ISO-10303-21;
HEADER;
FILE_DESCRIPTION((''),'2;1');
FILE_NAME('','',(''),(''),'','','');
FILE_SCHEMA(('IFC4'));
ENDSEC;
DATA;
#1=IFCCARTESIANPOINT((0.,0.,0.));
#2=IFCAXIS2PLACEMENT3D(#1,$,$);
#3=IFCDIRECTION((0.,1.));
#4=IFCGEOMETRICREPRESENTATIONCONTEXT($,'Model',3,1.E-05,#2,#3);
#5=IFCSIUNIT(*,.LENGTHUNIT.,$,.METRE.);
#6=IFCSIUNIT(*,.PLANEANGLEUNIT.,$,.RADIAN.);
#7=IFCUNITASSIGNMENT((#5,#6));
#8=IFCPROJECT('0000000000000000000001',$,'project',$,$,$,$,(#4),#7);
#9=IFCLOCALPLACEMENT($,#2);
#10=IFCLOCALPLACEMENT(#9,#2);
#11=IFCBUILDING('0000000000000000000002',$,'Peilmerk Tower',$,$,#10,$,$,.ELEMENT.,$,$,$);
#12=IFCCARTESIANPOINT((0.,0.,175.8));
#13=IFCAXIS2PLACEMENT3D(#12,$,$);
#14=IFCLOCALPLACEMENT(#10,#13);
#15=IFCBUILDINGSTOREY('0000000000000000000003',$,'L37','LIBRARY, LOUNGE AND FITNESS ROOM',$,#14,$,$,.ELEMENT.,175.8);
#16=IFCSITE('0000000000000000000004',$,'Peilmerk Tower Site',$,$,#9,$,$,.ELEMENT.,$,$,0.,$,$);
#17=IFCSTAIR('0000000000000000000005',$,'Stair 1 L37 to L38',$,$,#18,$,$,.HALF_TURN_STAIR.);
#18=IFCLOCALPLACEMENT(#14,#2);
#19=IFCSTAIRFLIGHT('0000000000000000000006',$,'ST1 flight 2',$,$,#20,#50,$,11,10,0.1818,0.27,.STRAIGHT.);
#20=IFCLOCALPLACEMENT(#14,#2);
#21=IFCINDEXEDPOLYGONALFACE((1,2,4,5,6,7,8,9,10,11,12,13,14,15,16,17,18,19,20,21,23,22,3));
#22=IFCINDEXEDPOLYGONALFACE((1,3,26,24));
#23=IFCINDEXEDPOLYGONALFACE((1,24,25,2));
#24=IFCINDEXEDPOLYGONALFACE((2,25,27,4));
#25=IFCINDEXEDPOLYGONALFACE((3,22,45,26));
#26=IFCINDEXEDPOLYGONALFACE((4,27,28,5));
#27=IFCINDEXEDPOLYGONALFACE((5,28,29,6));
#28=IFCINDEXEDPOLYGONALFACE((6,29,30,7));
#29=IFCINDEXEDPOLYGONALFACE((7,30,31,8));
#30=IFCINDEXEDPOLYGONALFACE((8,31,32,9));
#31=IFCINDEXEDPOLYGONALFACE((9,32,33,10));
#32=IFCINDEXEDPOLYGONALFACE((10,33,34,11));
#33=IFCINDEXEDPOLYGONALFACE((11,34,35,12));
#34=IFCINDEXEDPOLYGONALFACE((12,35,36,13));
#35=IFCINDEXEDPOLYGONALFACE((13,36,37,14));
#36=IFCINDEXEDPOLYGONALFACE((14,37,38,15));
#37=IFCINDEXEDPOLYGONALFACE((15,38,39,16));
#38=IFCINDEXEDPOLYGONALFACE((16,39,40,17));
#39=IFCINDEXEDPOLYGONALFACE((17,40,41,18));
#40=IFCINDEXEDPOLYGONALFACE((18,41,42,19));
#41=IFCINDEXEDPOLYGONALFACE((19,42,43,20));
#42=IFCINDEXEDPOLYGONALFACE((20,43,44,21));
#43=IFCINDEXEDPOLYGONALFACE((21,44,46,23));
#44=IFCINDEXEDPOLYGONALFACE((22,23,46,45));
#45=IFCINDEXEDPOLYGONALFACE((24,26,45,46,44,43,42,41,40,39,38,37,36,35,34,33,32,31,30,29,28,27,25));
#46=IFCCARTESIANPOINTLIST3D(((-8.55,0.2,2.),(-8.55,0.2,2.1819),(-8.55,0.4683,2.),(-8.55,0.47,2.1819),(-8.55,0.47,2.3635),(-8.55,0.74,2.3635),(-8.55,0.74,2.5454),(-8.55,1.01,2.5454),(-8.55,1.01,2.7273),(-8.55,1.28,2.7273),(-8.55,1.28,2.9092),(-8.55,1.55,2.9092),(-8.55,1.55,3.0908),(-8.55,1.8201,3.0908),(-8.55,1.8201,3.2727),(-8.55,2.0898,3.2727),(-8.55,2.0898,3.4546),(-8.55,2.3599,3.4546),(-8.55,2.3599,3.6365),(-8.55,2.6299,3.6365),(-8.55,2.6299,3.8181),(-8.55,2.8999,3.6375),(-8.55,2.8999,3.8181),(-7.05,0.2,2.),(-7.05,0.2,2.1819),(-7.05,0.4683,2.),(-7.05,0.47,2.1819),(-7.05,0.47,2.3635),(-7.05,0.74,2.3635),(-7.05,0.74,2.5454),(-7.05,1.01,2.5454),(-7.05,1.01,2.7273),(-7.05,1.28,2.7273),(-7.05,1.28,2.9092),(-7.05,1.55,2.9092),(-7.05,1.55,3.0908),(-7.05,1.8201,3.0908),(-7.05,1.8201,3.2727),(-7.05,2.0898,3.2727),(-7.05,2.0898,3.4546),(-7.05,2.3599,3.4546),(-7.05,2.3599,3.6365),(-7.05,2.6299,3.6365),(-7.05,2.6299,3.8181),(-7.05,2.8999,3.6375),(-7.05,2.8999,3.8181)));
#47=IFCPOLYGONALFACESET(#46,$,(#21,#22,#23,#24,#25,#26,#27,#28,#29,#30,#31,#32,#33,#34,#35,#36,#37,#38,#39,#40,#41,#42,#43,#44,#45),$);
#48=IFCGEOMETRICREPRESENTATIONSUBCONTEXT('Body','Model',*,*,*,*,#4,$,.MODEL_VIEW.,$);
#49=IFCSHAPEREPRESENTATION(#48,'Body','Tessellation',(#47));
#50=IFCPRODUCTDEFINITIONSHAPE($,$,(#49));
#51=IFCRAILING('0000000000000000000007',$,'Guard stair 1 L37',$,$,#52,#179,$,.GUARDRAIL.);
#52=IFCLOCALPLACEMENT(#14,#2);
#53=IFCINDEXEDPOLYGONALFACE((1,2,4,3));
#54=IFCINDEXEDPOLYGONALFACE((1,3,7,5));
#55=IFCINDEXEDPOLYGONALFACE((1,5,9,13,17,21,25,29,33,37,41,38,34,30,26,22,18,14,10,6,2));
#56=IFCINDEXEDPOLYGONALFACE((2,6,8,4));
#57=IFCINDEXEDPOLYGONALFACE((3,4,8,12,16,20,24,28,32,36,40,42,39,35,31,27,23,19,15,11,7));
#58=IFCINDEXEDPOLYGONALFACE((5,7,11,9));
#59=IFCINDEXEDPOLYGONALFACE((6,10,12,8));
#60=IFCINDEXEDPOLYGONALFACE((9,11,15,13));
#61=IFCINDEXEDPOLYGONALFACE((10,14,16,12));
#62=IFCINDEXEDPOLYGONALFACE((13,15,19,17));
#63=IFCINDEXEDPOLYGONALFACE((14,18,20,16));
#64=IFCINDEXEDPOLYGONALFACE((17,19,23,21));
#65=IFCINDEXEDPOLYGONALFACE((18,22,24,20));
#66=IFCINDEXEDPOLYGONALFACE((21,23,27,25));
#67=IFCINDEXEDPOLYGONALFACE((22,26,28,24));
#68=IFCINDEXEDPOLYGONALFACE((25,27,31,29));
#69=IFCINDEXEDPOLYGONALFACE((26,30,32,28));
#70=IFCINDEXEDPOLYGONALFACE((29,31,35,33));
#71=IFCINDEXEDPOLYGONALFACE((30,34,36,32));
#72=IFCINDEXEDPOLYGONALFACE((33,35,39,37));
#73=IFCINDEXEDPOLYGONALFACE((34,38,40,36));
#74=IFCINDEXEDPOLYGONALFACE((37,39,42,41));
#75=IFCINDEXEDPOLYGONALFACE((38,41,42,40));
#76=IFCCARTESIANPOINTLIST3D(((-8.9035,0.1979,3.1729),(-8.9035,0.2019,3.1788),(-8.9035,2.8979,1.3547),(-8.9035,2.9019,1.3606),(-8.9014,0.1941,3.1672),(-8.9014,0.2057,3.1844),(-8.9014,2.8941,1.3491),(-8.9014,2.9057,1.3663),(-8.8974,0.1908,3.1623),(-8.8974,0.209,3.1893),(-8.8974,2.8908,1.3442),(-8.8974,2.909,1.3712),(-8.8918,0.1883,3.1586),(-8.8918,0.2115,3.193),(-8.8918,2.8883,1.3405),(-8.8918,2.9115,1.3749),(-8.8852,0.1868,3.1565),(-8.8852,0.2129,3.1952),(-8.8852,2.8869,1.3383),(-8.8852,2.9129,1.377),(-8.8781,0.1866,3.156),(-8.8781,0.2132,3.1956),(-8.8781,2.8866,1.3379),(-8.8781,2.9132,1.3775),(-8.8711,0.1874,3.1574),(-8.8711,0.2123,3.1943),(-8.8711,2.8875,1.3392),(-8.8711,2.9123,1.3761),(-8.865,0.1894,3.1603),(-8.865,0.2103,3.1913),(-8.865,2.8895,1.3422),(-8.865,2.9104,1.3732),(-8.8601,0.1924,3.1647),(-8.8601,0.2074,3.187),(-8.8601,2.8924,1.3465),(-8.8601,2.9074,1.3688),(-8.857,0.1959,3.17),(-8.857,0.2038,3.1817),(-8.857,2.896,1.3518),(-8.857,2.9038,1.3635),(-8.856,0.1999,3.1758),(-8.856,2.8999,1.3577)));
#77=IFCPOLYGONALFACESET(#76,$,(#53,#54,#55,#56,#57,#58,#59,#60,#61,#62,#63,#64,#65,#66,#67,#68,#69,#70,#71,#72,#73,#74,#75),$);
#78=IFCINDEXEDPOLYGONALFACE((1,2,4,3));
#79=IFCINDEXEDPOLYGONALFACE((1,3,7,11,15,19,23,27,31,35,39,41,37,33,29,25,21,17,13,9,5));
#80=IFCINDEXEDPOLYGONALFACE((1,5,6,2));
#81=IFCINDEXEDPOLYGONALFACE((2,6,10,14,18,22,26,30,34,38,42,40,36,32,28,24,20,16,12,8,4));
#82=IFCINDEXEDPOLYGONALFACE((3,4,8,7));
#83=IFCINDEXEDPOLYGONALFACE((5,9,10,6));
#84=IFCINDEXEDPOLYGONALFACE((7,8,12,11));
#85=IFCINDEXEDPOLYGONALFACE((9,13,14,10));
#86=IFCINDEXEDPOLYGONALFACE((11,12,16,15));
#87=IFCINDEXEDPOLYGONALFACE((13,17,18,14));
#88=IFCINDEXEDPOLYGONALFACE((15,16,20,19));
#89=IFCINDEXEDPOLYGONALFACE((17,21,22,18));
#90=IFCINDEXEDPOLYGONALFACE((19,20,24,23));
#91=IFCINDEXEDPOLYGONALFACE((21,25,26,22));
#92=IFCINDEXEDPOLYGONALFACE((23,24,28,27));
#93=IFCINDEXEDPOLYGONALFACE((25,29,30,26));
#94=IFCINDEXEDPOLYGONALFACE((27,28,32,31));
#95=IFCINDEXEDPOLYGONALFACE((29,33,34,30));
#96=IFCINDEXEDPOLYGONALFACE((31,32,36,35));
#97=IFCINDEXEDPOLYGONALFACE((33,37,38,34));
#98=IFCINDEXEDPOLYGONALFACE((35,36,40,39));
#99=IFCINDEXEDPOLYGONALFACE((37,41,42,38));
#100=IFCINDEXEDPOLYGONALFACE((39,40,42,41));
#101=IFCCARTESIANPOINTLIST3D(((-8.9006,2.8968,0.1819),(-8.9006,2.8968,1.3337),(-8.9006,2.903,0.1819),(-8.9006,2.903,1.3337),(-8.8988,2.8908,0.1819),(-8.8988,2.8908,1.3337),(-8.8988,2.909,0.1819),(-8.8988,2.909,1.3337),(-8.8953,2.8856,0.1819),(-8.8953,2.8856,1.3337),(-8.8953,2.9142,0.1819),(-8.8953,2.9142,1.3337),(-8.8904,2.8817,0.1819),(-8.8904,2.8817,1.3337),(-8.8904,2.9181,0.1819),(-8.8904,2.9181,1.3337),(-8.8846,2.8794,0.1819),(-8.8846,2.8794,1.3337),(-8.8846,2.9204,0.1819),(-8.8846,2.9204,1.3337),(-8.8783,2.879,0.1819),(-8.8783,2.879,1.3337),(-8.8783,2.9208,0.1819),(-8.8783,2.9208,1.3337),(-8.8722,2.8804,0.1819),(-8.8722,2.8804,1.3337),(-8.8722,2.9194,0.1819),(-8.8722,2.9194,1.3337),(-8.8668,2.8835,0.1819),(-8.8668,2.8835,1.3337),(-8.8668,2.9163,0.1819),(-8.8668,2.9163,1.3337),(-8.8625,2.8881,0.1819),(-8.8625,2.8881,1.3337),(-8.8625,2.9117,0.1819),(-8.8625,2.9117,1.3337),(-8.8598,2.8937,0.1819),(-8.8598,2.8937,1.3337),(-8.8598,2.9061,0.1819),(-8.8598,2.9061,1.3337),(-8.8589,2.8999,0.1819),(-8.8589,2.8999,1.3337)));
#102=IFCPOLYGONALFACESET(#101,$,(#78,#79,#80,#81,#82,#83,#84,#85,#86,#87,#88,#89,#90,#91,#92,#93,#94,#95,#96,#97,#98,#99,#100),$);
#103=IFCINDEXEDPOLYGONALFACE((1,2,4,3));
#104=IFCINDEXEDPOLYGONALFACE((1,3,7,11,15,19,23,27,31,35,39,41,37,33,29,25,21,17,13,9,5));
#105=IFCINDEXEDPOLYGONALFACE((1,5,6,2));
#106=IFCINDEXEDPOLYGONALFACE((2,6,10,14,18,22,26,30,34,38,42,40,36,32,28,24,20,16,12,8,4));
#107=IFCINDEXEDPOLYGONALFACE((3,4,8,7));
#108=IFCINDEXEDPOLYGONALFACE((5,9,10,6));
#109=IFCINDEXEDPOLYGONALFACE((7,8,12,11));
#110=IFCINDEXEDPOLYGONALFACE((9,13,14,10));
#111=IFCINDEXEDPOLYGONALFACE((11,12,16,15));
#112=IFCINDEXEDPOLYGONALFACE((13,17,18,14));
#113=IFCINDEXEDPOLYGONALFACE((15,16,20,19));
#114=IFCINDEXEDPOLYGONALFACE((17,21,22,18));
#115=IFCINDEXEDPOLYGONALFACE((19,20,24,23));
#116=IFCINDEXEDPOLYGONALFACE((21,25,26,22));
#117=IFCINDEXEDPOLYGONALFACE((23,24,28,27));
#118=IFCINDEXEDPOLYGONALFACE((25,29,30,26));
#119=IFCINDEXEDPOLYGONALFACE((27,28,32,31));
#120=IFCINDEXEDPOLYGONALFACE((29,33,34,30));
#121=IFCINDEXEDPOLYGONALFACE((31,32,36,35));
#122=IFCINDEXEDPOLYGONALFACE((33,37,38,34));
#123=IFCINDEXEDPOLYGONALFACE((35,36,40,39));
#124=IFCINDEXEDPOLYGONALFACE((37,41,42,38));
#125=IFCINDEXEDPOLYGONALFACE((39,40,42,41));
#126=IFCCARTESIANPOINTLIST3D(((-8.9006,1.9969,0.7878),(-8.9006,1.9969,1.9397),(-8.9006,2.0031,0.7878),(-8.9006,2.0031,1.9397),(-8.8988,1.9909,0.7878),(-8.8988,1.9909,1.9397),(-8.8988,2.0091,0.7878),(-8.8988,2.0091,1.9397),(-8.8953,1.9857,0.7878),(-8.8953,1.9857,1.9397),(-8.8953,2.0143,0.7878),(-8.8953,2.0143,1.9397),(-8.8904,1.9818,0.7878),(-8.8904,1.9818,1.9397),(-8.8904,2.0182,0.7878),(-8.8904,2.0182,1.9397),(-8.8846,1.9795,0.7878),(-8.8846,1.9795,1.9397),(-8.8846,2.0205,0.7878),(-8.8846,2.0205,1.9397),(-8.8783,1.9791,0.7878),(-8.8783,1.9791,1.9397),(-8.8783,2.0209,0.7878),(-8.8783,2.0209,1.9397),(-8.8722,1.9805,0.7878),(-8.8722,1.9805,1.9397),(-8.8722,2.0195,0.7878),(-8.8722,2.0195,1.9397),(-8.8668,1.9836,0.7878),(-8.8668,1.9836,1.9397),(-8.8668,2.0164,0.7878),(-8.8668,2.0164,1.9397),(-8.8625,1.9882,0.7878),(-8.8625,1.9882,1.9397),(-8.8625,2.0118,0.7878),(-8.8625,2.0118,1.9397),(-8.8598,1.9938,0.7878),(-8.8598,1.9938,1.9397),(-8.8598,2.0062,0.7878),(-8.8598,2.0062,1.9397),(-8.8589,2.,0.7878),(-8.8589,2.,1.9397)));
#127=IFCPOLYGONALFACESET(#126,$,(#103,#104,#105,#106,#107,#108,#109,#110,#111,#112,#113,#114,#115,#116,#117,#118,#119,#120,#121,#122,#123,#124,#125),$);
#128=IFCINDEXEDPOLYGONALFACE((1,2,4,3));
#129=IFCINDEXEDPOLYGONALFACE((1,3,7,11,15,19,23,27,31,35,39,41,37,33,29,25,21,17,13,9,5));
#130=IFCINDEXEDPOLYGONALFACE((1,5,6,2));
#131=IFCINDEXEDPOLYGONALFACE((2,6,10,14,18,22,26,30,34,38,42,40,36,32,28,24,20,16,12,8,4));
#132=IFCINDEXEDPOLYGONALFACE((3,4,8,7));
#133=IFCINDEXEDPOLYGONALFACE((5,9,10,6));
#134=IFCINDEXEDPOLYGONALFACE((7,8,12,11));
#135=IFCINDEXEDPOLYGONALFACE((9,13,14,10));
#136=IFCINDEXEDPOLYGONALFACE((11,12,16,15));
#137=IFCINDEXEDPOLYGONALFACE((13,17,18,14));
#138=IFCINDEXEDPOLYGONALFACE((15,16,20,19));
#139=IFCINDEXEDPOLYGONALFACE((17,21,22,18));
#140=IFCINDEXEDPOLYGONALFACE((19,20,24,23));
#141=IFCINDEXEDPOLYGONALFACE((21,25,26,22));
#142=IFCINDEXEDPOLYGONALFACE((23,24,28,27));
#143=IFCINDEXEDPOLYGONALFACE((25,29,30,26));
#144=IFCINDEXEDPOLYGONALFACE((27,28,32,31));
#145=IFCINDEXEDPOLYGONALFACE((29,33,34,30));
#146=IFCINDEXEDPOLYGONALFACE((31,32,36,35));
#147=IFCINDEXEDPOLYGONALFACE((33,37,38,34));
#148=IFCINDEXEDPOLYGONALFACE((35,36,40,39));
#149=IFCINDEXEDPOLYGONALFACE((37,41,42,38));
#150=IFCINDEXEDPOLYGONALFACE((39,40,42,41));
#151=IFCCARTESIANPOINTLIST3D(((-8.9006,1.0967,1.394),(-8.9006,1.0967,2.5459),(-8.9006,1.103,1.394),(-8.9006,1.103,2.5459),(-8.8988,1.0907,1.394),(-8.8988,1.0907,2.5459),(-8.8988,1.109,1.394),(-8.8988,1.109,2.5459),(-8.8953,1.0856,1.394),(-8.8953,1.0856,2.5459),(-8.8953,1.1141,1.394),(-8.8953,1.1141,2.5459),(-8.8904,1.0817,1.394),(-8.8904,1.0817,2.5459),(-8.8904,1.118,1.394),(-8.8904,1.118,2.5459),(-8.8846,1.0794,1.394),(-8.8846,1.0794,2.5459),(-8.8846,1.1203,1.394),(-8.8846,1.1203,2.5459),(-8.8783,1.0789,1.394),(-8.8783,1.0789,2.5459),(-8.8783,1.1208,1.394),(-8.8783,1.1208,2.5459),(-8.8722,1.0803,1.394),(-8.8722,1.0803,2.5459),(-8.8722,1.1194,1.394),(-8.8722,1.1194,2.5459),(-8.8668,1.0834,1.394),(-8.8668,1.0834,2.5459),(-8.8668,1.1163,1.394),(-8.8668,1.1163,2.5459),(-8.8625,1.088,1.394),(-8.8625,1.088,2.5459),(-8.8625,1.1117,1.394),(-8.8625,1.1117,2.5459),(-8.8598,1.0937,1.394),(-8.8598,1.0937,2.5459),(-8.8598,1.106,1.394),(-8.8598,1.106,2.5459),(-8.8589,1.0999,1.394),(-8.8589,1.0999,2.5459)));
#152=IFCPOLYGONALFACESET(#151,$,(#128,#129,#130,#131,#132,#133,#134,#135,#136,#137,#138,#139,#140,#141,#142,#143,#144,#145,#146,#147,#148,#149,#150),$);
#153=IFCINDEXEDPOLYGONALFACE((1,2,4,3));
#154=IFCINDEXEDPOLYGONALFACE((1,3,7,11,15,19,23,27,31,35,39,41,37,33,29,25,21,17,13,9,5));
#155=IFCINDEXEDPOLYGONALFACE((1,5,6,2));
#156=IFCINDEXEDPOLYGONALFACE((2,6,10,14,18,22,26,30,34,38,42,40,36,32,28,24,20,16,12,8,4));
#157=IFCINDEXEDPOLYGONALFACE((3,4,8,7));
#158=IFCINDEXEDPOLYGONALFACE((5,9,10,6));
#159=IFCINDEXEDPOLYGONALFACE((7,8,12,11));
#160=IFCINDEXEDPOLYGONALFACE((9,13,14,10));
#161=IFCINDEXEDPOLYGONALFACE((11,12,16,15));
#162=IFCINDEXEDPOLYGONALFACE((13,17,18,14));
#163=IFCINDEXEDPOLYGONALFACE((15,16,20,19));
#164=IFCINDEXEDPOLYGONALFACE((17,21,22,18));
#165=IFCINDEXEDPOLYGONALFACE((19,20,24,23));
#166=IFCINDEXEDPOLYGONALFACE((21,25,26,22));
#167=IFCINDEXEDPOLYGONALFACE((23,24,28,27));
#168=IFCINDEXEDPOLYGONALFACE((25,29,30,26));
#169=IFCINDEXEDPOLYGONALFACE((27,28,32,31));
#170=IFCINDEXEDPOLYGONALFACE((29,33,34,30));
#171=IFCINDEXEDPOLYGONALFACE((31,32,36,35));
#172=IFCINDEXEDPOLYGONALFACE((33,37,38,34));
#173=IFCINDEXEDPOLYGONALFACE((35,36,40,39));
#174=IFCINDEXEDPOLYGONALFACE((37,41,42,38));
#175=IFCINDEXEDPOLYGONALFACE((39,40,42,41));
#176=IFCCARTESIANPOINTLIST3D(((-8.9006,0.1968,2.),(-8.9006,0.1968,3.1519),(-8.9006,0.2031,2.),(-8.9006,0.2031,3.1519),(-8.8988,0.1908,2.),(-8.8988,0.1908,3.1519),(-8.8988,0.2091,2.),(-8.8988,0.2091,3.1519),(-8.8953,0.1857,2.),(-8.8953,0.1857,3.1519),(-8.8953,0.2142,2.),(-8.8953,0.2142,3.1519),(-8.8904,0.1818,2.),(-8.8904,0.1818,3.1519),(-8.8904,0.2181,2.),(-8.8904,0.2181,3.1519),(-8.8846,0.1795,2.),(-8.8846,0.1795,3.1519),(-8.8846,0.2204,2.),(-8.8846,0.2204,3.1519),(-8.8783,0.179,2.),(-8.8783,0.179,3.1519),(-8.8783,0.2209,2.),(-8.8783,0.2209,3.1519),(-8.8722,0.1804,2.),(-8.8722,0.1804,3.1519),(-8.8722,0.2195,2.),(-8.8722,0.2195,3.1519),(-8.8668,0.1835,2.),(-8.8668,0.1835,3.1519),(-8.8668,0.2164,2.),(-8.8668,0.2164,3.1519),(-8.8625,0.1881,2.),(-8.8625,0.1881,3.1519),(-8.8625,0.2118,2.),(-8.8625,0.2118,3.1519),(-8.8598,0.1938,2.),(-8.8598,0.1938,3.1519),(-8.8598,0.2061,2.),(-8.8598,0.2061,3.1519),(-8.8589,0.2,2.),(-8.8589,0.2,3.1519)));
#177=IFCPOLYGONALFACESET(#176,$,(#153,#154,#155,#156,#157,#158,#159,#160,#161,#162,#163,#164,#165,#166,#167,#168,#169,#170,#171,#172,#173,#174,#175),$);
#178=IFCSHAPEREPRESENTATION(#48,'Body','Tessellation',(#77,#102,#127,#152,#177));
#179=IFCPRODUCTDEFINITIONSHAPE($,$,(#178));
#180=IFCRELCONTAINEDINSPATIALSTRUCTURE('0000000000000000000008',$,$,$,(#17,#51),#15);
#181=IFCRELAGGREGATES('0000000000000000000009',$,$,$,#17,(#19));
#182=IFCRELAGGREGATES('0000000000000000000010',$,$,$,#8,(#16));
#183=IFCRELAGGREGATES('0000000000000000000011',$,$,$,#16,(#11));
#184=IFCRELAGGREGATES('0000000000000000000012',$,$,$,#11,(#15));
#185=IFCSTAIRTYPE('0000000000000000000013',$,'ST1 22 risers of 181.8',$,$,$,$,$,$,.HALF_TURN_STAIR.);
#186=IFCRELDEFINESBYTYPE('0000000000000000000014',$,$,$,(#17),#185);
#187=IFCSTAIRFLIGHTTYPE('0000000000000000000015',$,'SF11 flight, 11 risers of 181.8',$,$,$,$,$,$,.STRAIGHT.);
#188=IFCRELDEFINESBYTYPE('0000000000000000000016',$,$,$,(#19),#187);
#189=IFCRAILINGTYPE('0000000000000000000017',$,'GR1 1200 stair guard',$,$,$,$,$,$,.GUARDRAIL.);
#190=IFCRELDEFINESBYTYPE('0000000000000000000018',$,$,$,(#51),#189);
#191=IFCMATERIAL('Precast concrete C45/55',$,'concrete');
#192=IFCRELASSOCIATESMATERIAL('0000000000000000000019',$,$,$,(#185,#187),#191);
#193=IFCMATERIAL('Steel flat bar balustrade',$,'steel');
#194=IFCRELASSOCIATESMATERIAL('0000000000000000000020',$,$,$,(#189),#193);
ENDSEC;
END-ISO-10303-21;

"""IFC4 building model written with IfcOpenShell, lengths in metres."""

from ifc_helpers import new_model, si_unit, direction, frame, origin, origin_2d, place, context, subcontext, project, spatial, polyline, circle, outline, extrude, material, type_object, element, aggregate, save


model = new_model("IFC4")

# Units and contexts
model_context = context("Model", 3, precision=1e-05, world=origin(), true_north=direction((0.0, 1.0)))
body_context = subcontext(model_context, "Body", "Model", "MODEL_VIEW")
ifc_project = project(units=[si_unit("LENGTHUNIT", "METRE"), si_unit("PLANEANGLEUNIT", "RADIAN")], contexts=[model_context])

# Site, building, storey
site_placement = place(None, origin())
site = spatial("IfcSite", under=ifc_project, at=site_placement, Name="Peilmerk Tower Site", CompositionType="ELEMENT", RefElevation=0.0)
building_placement = place(site_placement, origin())
building = spatial("IfcBuilding", under=site, at=building_placement, Name="Peilmerk Tower", CompositionType="ELEMENT")
storey_placement = place(building_placement, frame((0.0, 0.0, 175.8)))
storey = spatial("IfcBuildingStorey", under=building, at=storey_placement, Name="L37", Description="LIBRARY, LOUNGE AND FITNESS ROOM", CompositionType="ELEMENT", Elevation=175.8)

# Stair
ifc_material_1 = material(Name="Precast concrete C45/55", Category="concrete")
stair_type = type_object("IfcStairType", Name="ST1 22 risers of 181.8", PredefinedType="HALF_TURN_STAIR", material=ifc_material_1)
stair_placement = place(storey_placement, origin())
stair = element("IfcStair", 1, at=stair_placement, inside=storey, type_object=stair_type, Name="Stair 1 L37 to L38", PredefinedType="HALF_TURN_STAIR")

# Stair flight
stair_flight_type = type_object("IfcStairFlightType", Name="SF11 flight, 11 risers of 181.8", PredefinedType="STRAIGHT", material=ifc_material_1)
stair_flight_1_placement = place(storey_placement, frame((-7.8, 0.2, 2.0), z_axis=(0.0, 0.0, 1.0), x_axis=(0.0, 1.0, 0.0)))
stair_flight_1 = element("IfcStairFlight", 2, at=stair_flight_1_placement, type_object=stair_flight_type, Name="ST1 flight 2", NumberOfRisers=11, NumberOfTreads=10, PredefinedType="STRAIGHT", RiserHeight=0.1818, TreadLength=0.27, context=body_context, shape_type="SweptSolid", body=[
    extrude(outline(polyline([(0.0, 0.0), (0.0, 0.1819), (0.27, 0.1819), (0.27, 0.3635), (0.54, 0.3635), (0.54, 0.5454), (0.8101, 0.5454), (0.8101, 0.7273), (1.0801, 0.7273), (1.0801, 0.9092), (1.3501, 0.9092), (1.3501, 1.0908), (1.6201, 1.0908), (1.6201, 1.2727), (1.8899, 1.2727), (1.8899, 1.4546), (2.1599, 1.4546), (2.1599, 1.6365), (2.4299, 1.6365), (2.4299, 1.8181), (2.7, 1.8181), (2.7, 2.0), (2.7, 1.6375), (0.2683, 0.0), (0.0, 0.0)])), frame((0.0, 0.75, 0.0), z_axis=(0.0, -1.0, 0.0), x_axis=(1.0, 0.0, 0.0)), (0.0, 0.0, 1.0), 1.5),
])
aggregate(stair, [stair_flight_1])

# Railing
ifc_material_2 = material(Name="Steel flat bar balustrade", Category="steel")
railing_type_1 = type_object("IfcRailingType", Name="GR1 1200 stair guard", PredefinedType="GUARDRAIL", material=ifc_material_2)
railing_1_placement = place(storey_placement, frame((-8.8799, 2.8999, 0.1819)))
element("IfcRailing", 3, at=railing_1_placement, inside=storey, type_object=railing_type_1, Name="Guard stair 1 L37", PredefinedType="GUARDRAIL", context=body_context, shape_type="SweptSolid", body=[
    extrude(circle(Radius=0.0239, at=origin_2d()), frame((0.0, 0.0, 1.1758), z_axis=(0.0, -0.829468, 0.558554), x_axis=(1.0, 0.0, 0.0)), (0.0, 0.0, 1.0), 3.2551),
    extrude(circle(Radius=0.021, at=origin_2d()), origin(), (0.0, 0.0, 1.0), 1.1519),
    extrude(circle(Radius=0.021, at=origin_2d()), frame((0.0, -0.8999, 0.606)), (0.0, 0.0, 1.0), 1.1519),
    extrude(circle(Radius=0.021, at=origin_2d()), frame((0.0, -1.8, 1.2122)), (0.0, 0.0, 1.0), 1.1519),
    extrude(circle(Radius=0.021, at=origin_2d()), frame((0.0, -2.7, 1.8181)), (0.0, 0.0, 1.0), 1.1519),
])

save(model, "model.ifc")
